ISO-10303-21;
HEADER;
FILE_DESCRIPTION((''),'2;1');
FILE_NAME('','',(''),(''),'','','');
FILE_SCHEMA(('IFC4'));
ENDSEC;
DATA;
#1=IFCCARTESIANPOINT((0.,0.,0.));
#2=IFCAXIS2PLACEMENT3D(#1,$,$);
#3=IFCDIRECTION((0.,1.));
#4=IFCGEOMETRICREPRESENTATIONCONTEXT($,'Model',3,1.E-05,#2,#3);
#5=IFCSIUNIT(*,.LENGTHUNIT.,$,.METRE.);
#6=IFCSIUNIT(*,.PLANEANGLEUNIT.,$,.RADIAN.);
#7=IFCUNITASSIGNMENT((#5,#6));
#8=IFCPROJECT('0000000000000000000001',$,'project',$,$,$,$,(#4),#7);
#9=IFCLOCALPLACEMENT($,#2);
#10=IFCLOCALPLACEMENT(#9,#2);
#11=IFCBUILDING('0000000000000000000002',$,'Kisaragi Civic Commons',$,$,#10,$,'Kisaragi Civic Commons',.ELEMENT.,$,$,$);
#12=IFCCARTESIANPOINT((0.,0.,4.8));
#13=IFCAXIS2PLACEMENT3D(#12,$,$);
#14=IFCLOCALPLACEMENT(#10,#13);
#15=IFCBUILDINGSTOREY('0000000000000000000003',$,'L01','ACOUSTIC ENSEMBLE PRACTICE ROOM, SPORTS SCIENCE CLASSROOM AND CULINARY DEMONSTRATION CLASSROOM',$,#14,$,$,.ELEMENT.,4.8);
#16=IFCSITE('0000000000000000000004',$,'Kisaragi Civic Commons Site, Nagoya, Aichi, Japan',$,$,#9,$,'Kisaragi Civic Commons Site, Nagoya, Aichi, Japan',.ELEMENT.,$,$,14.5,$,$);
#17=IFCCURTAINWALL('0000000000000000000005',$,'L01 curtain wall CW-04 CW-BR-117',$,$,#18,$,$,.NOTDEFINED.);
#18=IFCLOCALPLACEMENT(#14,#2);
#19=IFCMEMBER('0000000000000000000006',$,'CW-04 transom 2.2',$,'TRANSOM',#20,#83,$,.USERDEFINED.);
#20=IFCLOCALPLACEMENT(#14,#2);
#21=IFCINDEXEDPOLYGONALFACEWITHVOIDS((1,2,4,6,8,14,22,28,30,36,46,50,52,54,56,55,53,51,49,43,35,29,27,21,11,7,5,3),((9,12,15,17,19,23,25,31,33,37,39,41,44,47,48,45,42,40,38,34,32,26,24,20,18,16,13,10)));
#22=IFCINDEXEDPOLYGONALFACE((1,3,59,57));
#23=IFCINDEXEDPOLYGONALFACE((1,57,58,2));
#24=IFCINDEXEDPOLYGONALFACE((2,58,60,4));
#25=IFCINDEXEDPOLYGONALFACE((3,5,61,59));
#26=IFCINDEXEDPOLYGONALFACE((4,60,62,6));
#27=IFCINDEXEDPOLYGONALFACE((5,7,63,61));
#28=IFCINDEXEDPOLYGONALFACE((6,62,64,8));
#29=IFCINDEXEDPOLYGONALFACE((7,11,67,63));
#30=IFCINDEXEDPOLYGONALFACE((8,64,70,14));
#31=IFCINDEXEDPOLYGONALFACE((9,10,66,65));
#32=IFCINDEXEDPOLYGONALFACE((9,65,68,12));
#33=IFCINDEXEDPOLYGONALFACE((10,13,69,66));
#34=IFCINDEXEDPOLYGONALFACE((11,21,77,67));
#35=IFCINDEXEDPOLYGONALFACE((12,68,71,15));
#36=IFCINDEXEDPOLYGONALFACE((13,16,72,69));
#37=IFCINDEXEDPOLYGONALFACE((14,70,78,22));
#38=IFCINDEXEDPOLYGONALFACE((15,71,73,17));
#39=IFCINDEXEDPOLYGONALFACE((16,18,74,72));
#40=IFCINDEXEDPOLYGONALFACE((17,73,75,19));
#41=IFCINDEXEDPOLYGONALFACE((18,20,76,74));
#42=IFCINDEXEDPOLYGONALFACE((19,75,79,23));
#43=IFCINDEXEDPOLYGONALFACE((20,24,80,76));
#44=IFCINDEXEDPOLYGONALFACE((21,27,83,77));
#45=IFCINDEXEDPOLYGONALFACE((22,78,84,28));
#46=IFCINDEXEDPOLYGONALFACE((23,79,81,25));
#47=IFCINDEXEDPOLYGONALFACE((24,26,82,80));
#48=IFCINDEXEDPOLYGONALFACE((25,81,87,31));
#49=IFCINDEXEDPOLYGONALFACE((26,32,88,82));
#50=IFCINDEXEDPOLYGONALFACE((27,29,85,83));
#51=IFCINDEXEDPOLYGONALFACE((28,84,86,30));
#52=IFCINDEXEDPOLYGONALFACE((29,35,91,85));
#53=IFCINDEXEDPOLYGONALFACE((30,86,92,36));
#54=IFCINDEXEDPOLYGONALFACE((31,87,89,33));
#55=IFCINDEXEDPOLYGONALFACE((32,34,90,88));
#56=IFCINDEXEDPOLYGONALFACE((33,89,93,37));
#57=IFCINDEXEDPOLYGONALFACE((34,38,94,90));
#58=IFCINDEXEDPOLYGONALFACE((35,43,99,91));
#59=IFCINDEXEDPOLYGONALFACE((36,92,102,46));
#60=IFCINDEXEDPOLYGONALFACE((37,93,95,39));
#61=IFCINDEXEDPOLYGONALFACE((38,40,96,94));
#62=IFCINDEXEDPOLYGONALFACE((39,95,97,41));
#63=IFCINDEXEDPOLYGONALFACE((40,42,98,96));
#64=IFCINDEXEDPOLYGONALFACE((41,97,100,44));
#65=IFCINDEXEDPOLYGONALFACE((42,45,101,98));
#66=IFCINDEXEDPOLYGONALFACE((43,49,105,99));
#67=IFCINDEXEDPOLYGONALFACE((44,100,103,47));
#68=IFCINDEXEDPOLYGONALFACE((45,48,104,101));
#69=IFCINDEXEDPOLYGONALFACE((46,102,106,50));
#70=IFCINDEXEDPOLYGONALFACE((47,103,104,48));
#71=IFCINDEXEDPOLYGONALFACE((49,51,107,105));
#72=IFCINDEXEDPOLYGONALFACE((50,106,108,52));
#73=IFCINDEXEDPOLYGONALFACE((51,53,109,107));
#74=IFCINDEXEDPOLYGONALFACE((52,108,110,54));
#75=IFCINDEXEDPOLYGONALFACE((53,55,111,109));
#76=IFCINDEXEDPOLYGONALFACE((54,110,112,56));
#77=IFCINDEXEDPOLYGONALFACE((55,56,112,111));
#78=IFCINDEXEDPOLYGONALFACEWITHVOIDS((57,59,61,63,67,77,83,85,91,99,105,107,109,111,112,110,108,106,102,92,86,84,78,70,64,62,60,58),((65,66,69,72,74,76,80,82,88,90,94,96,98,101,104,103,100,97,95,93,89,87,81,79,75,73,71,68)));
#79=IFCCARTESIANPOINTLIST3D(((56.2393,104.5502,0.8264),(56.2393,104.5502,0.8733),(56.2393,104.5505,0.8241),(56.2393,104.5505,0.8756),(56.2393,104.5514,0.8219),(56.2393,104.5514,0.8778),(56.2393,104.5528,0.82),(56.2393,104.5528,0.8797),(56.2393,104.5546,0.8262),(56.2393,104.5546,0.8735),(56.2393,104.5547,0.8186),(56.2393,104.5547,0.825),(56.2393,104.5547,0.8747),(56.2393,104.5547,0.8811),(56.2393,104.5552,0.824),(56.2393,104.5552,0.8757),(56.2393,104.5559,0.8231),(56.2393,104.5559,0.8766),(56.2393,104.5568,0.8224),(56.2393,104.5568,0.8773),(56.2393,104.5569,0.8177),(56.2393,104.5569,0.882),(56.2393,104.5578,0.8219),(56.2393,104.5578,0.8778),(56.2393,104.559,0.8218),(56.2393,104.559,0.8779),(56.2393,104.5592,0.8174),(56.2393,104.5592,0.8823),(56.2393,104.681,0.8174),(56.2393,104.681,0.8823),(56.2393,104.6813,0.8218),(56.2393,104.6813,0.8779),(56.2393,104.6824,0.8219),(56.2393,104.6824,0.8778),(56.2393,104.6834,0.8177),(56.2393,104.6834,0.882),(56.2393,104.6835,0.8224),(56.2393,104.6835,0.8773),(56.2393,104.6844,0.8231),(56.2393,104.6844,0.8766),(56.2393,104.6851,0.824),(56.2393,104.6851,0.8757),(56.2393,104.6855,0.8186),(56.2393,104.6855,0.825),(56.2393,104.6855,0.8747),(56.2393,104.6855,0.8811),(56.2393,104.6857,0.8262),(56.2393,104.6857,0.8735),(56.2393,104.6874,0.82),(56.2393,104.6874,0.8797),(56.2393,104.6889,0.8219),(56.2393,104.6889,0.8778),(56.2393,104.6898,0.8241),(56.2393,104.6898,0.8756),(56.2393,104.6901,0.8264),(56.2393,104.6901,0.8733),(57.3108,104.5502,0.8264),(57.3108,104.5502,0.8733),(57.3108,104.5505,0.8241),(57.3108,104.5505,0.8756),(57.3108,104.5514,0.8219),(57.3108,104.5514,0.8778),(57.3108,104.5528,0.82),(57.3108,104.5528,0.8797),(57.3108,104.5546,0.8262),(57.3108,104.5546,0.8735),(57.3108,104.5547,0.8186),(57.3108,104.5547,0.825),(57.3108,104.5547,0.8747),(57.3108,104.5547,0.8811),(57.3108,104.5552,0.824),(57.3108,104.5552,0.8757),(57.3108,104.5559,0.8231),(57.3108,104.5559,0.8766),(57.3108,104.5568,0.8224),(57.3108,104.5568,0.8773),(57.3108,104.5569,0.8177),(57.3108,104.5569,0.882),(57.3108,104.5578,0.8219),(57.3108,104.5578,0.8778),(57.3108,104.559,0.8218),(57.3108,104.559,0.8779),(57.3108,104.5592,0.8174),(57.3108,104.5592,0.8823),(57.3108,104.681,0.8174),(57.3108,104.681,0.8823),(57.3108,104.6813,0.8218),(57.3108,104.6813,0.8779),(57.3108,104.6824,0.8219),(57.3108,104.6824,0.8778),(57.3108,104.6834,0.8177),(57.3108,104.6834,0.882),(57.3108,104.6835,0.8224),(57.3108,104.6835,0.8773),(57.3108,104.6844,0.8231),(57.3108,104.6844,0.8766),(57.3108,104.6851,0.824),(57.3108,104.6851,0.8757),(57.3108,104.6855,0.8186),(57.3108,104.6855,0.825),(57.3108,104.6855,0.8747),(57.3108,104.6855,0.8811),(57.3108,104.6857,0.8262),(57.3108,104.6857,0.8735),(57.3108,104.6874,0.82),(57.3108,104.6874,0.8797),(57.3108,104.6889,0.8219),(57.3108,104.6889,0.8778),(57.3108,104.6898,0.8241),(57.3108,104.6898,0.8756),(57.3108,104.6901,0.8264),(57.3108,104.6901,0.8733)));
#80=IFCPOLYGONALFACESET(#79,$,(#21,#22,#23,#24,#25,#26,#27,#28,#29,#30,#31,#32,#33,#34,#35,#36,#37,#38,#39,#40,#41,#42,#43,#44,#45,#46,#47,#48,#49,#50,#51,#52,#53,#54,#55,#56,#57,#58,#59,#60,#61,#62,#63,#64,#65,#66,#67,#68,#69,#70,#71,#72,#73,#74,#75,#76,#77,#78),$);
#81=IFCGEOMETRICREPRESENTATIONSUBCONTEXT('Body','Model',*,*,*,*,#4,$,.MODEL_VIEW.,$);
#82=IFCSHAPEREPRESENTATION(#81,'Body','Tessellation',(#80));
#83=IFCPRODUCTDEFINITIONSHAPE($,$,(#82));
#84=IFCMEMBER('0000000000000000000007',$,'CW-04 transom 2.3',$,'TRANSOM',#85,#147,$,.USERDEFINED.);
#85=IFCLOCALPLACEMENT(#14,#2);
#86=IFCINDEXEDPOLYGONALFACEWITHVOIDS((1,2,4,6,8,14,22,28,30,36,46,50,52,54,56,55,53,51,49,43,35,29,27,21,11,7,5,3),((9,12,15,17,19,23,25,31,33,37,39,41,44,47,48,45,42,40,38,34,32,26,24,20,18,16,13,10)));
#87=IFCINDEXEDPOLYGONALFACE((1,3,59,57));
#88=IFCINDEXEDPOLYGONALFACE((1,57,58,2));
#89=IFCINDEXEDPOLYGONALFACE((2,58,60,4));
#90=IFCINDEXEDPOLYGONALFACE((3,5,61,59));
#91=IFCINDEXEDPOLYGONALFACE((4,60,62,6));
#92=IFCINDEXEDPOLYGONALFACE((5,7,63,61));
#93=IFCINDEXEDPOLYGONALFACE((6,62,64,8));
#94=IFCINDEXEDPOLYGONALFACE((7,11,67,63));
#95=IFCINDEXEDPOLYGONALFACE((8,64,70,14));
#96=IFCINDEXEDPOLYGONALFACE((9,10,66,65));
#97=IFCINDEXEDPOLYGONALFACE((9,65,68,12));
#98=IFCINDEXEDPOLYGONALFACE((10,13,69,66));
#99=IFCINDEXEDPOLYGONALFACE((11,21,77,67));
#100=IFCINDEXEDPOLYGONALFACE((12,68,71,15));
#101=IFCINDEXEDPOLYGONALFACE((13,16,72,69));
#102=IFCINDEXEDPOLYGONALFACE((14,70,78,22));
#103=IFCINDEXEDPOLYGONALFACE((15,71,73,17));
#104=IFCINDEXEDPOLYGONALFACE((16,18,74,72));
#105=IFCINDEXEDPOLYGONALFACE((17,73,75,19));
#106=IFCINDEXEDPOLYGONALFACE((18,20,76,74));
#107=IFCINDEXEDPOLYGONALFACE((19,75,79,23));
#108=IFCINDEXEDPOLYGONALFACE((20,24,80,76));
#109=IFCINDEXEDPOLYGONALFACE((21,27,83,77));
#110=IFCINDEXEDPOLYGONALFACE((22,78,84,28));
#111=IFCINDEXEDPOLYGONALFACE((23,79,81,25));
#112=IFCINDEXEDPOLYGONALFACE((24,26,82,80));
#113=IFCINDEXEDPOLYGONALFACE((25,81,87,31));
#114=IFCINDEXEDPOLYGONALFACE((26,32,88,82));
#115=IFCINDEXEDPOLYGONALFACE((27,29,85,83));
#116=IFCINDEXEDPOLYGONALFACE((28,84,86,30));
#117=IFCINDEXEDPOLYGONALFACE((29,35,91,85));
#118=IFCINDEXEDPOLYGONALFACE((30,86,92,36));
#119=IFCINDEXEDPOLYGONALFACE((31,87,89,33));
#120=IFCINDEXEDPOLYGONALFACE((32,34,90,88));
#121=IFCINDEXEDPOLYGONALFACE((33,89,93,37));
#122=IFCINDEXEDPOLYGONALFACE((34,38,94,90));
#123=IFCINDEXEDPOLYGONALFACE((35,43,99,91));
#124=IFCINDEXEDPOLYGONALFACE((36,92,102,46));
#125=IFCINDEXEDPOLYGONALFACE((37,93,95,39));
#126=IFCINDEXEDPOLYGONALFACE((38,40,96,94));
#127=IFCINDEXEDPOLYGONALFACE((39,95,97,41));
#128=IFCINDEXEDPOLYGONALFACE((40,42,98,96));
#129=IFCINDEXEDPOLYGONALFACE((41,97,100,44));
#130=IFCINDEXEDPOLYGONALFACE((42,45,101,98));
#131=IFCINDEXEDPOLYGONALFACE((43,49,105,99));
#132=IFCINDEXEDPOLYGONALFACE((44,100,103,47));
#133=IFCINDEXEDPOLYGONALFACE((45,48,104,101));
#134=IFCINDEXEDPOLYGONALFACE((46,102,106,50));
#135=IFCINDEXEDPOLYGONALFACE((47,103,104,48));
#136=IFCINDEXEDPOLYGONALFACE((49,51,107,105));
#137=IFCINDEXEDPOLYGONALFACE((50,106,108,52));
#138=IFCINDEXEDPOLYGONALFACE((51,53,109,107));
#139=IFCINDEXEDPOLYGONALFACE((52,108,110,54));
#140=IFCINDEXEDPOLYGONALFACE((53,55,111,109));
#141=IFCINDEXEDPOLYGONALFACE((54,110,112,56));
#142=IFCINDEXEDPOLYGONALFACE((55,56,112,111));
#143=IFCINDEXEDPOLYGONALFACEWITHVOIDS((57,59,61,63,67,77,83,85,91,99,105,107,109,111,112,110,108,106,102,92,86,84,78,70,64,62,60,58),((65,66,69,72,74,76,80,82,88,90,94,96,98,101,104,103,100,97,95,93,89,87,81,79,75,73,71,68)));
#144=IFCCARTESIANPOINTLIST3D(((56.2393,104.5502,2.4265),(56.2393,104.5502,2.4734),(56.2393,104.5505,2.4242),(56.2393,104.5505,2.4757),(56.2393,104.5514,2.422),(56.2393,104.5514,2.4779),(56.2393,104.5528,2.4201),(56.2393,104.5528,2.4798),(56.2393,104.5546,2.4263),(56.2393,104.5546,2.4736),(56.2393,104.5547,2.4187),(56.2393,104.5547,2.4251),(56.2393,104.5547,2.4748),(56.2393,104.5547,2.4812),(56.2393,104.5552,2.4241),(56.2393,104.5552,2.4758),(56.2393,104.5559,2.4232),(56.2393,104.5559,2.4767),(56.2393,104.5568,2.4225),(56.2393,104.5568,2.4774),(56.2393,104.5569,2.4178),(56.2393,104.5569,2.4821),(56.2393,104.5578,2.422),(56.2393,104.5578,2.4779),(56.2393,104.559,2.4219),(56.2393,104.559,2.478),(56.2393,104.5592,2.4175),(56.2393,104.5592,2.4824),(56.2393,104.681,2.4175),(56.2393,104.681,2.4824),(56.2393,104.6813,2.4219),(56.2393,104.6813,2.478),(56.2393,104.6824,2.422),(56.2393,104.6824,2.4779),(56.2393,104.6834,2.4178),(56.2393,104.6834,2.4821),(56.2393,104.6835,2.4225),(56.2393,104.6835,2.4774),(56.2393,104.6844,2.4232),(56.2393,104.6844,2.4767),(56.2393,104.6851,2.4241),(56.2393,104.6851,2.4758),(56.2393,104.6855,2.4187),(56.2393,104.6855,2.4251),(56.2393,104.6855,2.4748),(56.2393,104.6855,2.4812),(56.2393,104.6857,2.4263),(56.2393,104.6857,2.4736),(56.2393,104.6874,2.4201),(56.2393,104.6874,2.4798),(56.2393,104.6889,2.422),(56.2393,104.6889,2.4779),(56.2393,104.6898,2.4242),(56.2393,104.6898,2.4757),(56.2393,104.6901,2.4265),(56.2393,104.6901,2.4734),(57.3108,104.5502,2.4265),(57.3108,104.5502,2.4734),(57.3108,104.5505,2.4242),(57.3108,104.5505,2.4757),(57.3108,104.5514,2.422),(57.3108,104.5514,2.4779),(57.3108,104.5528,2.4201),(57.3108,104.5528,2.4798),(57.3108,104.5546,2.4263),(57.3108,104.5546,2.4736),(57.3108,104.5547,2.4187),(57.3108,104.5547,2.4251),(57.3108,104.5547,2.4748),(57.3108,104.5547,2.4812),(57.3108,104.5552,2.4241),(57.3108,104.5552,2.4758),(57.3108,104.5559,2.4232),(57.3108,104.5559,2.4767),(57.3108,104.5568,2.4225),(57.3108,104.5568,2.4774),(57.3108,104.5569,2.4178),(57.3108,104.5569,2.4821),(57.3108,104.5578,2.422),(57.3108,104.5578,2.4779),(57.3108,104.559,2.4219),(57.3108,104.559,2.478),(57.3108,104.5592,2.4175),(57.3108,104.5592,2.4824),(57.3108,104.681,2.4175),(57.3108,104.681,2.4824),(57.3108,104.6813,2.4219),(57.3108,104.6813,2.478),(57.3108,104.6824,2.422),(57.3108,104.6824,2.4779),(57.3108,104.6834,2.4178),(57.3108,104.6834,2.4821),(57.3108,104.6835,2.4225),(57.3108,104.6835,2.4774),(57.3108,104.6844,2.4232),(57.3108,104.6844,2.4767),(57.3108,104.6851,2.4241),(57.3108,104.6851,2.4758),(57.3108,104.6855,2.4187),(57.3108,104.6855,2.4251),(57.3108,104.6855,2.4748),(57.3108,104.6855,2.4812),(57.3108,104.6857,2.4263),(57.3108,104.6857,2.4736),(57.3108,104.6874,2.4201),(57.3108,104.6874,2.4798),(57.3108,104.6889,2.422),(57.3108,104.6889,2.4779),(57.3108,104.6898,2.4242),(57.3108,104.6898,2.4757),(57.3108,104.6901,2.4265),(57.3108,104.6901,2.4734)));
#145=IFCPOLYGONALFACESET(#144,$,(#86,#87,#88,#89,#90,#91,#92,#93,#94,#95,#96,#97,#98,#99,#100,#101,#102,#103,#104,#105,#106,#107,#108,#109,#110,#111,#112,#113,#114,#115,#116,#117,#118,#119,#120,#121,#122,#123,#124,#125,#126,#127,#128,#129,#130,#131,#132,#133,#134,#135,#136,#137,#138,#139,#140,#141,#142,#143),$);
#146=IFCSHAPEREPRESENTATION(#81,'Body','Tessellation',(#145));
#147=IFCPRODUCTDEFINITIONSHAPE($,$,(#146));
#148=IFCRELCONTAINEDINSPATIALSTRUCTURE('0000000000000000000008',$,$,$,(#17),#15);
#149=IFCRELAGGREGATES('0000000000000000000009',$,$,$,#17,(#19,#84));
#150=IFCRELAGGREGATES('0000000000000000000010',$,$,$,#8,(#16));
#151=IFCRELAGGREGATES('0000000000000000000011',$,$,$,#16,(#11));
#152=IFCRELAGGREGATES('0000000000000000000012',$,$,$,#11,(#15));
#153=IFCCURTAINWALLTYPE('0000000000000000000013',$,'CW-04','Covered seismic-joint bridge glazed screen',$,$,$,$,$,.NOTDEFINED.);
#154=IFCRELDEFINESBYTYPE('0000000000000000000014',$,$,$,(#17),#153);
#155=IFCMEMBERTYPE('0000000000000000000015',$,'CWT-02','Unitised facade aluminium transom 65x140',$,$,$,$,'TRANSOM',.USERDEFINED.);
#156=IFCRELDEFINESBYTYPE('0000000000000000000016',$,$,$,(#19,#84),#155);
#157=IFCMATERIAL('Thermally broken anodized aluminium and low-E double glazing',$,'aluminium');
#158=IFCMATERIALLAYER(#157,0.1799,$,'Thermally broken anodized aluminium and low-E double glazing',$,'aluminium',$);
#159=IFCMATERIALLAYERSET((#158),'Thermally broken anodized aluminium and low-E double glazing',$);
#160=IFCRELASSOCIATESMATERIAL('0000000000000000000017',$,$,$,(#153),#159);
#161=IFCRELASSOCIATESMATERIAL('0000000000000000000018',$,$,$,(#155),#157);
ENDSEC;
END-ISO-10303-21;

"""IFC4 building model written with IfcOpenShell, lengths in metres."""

from ifc_helpers import new_model, si_unit, direction, frame, origin, origin_2d, place, context, subcontext, project, spatial, hollow_rectangle, extrude, material, layer, layer_set, material_profile, profile_set, type_object, element, aggregate, save


model = new_model("IFC4")

# Units and contexts
model_context = context("Model", 3, precision=1e-05, world=origin(), true_north=direction((0.0, 1.0)))
body_context = subcontext(model_context, "Body", "Model", "MODEL_VIEW")
ifc_project = project(units=[si_unit("LENGTHUNIT", "METRE"), si_unit("PLANEANGLEUNIT", "RADIAN")], contexts=[model_context])

# Site, building, storey
site_placement = place(None, origin())
site = spatial("IfcSite", under=ifc_project, at=site_placement, Name="Kisaragi Civic Commons Site, Nagoya, Aichi, Japan", LongName="Kisaragi Civic Commons Site, Nagoya, Aichi, Japan", CompositionType="ELEMENT", RefElevation=14.5)
building_placement = place(site_placement, origin())
building = spatial("IfcBuilding", under=site, at=building_placement, Name="Kisaragi Civic Commons", LongName="Kisaragi Civic Commons", CompositionType="ELEMENT")
storey_placement = place(building_placement, frame((0.0, 0.0, 4.8)))
storey = spatial("IfcBuildingStorey", under=building, at=storey_placement, Name="L01", Description="ACOUSTIC ENSEMBLE PRACTICE ROOM, SPORTS SCIENCE CLASSROOM AND CULINARY DEMONSTRATION CLASSROOM", CompositionType="ELEMENT", Elevation=4.8)

# Curtain wall, members
ifc_material_1 = material(Name="Thermally broken anodized aluminium and low-E double glazing", Category="aluminium")
ifc_layer_1 = layer(ifc_material_1, 0.1799, Name="Thermally broken anodized aluminium and low-E double glazing", Category="aluminium")
ifc_layer_set_1 = layer_set([ifc_layer_1], Name="Thermally broken anodized aluminium and low-E double glazing")
curtain_wall_type = type_object("IfcCurtainWallType", Name="CW-04", Description="Covered seismic-joint bridge glazed screen", PredefinedType="NOTDEFINED", material=ifc_layer_set_1)
curtain_wall_placement = place(storey_placement, origin())
curtain_wall = element("IfcCurtainWall", 1, at=curtain_wall_placement, inside=storey, type_object=curtain_wall_type, Name="L01 curtain wall CW-04 CW-BR-117", PredefinedType="NOTDEFINED")
ifc_material_profile_1 = material_profile(ifc_material_1, hollow_rectangle(XDim=0.1399, YDim=0.0649, WallThickness=0.0044, InnerFilletRadius=0.0044, OuterFilletRadius=0.009, at=origin_2d()), Name="CWT-65x140x4.5", Category="aluminium")
ifc_profile_set_1 = profile_set([ifc_material_profile_1], Name="Thermally broken anodized aluminium and low-E double glazing")
member_type_1 = type_object("IfcMemberType", Name="CWT-02", Description="Unitised facade aluminium transom 65x140", ElementType="TRANSOM", PredefinedType="USERDEFINED", material=ifc_profile_set_1)
member_1_placement = place(storey_placement, frame((56.2393, 104.6201, 0.8499), z_axis=(1.0, 0.0, 0.0), x_axis=(0.0, 1.0, 0.0)))
member_1 = element("IfcMember", 2, at=member_1_placement, type_object=member_type_1, Name="CW-04 transom 2.2", ObjectType="TRANSOM", PredefinedType="USERDEFINED", context=body_context, shape_type="SweptSolid", body=[
    extrude(hollow_rectangle(XDim=0.1399, YDim=0.0649, WallThickness=0.0044, InnerFilletRadius=0.0044, OuterFilletRadius=0.009, at=origin_2d()), origin(), (0.0, 0.0, 1.0), 1.0715),
])
member_2_placement = place(storey_placement, frame((56.2393, 104.6201, 2.45), z_axis=(1.0, 0.0, 0.0), x_axis=(0.0, 1.0, 0.0)))
member_2 = element("IfcMember", 3, at=member_2_placement, type_object=member_type_1, Name="CW-04 transom 2.3", ObjectType="TRANSOM", PredefinedType="USERDEFINED", context=body_context, shape_type="SweptSolid", body=[
    extrude(hollow_rectangle(XDim=0.1399, YDim=0.0649, WallThickness=0.0044, InnerFilletRadius=0.0044, OuterFilletRadius=0.009, at=origin_2d()), origin(), (0.0, 0.0, 1.0), 1.0715),
])

aggregate(curtain_wall, [member_1, member_2])

save(model, "model.ifc")
